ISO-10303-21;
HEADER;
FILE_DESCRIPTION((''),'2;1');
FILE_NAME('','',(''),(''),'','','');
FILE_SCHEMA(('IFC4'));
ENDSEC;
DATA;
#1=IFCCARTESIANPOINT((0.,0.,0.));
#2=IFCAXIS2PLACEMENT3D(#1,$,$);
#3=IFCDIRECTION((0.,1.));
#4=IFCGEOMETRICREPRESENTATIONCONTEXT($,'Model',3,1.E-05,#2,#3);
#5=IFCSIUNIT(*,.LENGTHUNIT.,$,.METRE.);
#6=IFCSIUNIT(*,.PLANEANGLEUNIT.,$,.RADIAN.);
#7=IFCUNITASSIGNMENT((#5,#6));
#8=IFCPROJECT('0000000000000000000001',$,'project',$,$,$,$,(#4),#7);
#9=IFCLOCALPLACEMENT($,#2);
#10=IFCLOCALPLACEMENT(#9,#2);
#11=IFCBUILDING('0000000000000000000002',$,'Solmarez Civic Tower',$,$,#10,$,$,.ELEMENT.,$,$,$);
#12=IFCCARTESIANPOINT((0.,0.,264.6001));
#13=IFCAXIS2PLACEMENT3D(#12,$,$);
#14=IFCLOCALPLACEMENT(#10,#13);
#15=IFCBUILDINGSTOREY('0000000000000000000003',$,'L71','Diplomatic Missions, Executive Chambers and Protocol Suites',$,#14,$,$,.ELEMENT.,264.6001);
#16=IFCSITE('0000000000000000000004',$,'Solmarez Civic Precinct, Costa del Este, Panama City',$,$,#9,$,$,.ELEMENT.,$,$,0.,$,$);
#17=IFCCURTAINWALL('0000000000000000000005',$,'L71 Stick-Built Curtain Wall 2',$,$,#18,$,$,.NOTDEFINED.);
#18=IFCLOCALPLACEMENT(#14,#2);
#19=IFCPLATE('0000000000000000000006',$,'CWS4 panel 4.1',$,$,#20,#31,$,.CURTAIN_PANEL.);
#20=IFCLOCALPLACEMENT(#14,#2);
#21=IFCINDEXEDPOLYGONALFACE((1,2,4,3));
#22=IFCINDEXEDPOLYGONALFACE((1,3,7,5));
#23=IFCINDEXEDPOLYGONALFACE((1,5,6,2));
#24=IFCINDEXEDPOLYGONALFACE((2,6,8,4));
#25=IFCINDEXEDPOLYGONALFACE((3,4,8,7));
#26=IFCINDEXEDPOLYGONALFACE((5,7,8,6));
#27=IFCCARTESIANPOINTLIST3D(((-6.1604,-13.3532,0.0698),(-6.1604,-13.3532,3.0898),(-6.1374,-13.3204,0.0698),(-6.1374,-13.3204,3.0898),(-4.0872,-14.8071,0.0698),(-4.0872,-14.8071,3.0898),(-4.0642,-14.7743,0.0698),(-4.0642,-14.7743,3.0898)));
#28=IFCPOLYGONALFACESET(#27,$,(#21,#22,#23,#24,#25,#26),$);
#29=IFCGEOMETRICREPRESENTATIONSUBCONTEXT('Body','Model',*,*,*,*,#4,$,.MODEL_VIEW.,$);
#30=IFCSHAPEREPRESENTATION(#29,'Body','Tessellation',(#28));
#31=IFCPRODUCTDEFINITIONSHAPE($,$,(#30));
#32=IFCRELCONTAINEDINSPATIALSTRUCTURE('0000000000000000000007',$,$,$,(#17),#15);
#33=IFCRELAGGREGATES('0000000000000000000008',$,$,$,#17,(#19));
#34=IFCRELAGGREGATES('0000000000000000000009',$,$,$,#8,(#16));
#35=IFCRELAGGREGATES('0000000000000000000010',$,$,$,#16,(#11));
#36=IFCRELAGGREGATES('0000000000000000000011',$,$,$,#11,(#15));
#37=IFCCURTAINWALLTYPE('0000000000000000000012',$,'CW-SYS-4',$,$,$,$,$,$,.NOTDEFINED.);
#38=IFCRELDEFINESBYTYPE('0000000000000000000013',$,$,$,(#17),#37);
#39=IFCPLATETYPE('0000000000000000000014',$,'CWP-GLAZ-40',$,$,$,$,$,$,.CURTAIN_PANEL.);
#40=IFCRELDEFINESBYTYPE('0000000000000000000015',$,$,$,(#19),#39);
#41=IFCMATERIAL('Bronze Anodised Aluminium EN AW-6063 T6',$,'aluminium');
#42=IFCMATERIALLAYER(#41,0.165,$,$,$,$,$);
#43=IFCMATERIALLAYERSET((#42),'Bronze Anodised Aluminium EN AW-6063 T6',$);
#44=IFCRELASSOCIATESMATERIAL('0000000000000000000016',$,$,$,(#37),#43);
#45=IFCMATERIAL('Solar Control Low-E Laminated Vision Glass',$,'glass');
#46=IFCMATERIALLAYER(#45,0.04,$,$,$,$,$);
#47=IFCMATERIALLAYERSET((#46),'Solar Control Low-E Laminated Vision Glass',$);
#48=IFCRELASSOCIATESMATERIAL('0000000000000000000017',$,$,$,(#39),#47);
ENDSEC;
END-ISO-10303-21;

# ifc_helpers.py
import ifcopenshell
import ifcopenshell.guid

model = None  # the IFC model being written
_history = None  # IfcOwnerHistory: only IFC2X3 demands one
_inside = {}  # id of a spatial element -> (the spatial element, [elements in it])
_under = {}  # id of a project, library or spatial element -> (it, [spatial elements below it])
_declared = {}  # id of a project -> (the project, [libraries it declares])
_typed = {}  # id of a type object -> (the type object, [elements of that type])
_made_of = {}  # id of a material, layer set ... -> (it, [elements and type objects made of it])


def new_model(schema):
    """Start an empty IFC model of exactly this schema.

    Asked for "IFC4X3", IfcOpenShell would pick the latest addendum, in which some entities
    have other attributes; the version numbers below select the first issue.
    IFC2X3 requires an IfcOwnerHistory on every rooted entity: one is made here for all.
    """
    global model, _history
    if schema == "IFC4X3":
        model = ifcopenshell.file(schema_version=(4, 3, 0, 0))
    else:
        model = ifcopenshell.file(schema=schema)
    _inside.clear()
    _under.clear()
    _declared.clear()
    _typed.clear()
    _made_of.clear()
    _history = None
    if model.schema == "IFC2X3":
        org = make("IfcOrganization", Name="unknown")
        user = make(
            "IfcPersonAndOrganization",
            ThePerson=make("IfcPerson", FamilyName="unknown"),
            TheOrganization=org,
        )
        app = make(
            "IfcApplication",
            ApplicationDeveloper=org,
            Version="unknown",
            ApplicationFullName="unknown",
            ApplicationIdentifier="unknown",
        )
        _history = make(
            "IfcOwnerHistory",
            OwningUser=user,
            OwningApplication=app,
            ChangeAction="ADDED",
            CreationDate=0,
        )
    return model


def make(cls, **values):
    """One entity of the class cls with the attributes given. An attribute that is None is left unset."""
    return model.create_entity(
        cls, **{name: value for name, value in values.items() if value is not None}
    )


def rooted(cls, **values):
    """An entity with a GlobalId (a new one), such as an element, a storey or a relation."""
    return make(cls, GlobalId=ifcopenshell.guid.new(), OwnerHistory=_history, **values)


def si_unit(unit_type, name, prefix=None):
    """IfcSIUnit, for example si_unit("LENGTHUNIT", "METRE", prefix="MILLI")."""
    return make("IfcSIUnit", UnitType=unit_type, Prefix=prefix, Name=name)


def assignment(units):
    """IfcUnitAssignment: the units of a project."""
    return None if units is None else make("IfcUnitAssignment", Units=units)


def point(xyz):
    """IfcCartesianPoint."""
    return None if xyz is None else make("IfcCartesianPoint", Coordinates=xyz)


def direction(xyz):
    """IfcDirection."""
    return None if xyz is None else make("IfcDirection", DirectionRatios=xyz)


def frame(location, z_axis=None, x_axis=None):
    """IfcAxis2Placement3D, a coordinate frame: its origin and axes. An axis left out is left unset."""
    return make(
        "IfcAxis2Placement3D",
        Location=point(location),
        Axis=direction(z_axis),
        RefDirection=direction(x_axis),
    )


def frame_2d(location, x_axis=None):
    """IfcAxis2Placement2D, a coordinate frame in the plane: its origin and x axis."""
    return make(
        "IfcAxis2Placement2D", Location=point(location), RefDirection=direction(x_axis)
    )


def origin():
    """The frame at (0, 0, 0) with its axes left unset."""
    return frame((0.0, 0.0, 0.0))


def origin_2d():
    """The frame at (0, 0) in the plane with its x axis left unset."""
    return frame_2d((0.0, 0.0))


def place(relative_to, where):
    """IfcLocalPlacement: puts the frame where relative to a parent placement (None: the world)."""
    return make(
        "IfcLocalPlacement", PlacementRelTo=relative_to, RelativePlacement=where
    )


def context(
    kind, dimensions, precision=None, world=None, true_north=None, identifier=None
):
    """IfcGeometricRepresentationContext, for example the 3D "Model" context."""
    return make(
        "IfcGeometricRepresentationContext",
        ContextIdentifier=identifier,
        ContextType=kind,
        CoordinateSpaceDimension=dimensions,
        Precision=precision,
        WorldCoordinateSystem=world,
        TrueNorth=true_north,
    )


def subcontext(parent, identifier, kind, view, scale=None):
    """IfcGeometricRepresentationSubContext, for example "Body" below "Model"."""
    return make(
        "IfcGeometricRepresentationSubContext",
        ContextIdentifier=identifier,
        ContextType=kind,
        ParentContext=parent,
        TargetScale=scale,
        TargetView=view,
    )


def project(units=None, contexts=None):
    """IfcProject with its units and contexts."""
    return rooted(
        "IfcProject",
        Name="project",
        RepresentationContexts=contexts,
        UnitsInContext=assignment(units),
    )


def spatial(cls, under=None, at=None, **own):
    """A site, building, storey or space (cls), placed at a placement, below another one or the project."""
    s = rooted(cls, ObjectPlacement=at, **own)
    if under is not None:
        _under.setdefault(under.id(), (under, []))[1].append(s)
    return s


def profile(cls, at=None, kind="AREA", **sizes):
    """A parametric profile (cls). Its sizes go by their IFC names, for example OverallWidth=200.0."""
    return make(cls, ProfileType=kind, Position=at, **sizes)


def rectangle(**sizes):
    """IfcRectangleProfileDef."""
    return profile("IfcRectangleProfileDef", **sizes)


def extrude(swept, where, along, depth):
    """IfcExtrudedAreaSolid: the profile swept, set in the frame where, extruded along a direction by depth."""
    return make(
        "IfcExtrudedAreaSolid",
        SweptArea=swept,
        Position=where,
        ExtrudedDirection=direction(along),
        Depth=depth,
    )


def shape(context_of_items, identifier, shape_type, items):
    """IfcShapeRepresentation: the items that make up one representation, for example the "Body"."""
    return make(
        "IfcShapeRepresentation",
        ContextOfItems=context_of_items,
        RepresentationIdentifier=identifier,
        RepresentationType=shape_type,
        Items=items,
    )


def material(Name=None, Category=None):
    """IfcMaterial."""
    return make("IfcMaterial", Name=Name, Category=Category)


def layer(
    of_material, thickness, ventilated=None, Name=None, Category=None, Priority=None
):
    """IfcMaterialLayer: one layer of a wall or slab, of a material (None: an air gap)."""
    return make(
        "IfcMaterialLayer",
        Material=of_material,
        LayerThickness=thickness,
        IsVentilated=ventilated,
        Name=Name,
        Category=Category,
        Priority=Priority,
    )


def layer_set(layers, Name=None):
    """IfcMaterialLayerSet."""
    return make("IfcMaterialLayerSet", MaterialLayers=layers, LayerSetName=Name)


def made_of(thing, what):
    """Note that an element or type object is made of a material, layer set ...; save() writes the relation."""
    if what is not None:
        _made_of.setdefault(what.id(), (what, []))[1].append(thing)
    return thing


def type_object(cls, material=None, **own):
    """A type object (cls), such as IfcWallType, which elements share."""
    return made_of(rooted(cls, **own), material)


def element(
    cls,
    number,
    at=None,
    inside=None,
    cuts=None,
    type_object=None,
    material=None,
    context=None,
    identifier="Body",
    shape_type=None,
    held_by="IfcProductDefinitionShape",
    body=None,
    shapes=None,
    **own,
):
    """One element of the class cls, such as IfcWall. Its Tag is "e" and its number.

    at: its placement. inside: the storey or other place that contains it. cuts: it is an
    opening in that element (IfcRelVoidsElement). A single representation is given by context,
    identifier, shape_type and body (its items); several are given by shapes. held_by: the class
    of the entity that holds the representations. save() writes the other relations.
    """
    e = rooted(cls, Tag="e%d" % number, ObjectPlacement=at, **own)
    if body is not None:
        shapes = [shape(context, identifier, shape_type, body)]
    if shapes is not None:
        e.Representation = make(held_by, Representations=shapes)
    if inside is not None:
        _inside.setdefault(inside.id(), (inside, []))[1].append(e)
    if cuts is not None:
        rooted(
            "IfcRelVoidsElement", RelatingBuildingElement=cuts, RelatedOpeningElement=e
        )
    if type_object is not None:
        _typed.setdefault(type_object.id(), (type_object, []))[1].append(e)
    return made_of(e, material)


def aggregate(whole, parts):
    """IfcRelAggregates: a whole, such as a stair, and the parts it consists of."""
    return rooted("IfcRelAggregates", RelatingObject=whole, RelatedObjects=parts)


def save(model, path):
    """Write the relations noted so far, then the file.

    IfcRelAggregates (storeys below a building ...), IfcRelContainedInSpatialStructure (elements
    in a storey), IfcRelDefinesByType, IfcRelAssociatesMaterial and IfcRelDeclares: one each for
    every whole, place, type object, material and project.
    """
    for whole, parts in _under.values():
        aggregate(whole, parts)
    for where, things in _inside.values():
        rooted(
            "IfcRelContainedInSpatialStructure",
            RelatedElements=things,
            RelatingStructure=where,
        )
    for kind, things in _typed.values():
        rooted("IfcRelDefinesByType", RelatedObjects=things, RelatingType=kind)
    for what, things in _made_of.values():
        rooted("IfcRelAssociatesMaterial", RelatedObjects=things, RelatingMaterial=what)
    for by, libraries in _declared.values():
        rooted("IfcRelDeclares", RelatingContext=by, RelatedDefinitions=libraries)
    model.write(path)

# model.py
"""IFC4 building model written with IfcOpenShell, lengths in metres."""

from ifc_helpers import new_model, si_unit, direction, frame, origin, origin_2d, place, context, subcontext, project, spatial, rectangle, extrude, material, layer, layer_set, type_object, element, aggregate, save


model = new_model("IFC4")

# Units and contexts
model_context = context("Model", 3, precision=1e-05, world=origin(), true_north=direction((0.0, 1.0)))
body_context = subcontext(model_context, "Body", "Model", "MODEL_VIEW")
ifc_project = project(units=[si_unit("LENGTHUNIT", "METRE"), si_unit("PLANEANGLEUNIT", "RADIAN")], contexts=[model_context])

# Site, building, storey
site_placement = place(None, origin())
site = spatial("IfcSite", under=ifc_project, at=site_placement, Name="Solmarez Civic Precinct, Costa del Este, Panama City", CompositionType="ELEMENT", RefElevation=0.0)
building_placement = place(site_placement, origin())
building = spatial("IfcBuilding", under=site, at=building_placement, Name="Solmarez Civic Tower", CompositionType="ELEMENT")
storey_placement = place(building_placement, frame((0.0, 0.0, 264.6001)))
storey = spatial("IfcBuildingStorey", under=building, at=storey_placement, Name="L71", Description="Diplomatic Missions, Executive Chambers and Protocol Suites", CompositionType="ELEMENT", Elevation=264.6001)

# Curtain wall, plate
ifc_material_1 = material(Name="Bronze Anodised Aluminium EN AW-6063 T6", Category="aluminium")
ifc_layer_1 = layer(ifc_material_1, 0.165)
ifc_layer_set_1 = layer_set([ifc_layer_1], Name="Bronze Anodised Aluminium EN AW-6063 T6")
curtain_wall_type = type_object("IfcCurtainWallType", Name="CW-SYS-4", PredefinedType="NOTDEFINED", material=ifc_layer_set_1)
curtain_wall_placement = place(storey_placement, origin())
curtain_wall = element("IfcCurtainWall", 1, at=curtain_wall_placement, inside=storey, type_object=curtain_wall_type, Name="L71 Stick-Built Curtain Wall 2", PredefinedType="NOTDEFINED")
ifc_material_2 = material(Name="Solar Control Low-E Laminated Vision Glass", Category="glass")
ifc_layer_2 = layer(ifc_material_2, 0.04)
ifc_layer_set_2 = layer_set([ifc_layer_2], Name="Solar Control Low-E Laminated Vision Glass")
plate_type = type_object("IfcPlateType", Name="CWP-GLAZ-40", PredefinedType="CURTAIN_PANEL", material=ifc_layer_set_2)
plate_1_placement = place(storey_placement, frame((-5.1123, -14.0637, 0.0698), z_axis=(0.0, 0.0, 1.0), x_axis=(-0.818739, 0.574166, 0.0)))
plate_1 = element("IfcPlate", 2, at=plate_1_placement, type_object=plate_type, Name="CWS4 panel 4.1", PredefinedType="CURTAIN_PANEL", context=body_context, shape_type="SweptSolid", body=[
    extrude(rectangle(XDim=2.5322, YDim=0.04, at=origin_2d()), origin(), (0.0, 0.0, 1.0), 3.02),
])
aggregate(curtain_wall, [plate_1])

save(model, "model.ifc")
